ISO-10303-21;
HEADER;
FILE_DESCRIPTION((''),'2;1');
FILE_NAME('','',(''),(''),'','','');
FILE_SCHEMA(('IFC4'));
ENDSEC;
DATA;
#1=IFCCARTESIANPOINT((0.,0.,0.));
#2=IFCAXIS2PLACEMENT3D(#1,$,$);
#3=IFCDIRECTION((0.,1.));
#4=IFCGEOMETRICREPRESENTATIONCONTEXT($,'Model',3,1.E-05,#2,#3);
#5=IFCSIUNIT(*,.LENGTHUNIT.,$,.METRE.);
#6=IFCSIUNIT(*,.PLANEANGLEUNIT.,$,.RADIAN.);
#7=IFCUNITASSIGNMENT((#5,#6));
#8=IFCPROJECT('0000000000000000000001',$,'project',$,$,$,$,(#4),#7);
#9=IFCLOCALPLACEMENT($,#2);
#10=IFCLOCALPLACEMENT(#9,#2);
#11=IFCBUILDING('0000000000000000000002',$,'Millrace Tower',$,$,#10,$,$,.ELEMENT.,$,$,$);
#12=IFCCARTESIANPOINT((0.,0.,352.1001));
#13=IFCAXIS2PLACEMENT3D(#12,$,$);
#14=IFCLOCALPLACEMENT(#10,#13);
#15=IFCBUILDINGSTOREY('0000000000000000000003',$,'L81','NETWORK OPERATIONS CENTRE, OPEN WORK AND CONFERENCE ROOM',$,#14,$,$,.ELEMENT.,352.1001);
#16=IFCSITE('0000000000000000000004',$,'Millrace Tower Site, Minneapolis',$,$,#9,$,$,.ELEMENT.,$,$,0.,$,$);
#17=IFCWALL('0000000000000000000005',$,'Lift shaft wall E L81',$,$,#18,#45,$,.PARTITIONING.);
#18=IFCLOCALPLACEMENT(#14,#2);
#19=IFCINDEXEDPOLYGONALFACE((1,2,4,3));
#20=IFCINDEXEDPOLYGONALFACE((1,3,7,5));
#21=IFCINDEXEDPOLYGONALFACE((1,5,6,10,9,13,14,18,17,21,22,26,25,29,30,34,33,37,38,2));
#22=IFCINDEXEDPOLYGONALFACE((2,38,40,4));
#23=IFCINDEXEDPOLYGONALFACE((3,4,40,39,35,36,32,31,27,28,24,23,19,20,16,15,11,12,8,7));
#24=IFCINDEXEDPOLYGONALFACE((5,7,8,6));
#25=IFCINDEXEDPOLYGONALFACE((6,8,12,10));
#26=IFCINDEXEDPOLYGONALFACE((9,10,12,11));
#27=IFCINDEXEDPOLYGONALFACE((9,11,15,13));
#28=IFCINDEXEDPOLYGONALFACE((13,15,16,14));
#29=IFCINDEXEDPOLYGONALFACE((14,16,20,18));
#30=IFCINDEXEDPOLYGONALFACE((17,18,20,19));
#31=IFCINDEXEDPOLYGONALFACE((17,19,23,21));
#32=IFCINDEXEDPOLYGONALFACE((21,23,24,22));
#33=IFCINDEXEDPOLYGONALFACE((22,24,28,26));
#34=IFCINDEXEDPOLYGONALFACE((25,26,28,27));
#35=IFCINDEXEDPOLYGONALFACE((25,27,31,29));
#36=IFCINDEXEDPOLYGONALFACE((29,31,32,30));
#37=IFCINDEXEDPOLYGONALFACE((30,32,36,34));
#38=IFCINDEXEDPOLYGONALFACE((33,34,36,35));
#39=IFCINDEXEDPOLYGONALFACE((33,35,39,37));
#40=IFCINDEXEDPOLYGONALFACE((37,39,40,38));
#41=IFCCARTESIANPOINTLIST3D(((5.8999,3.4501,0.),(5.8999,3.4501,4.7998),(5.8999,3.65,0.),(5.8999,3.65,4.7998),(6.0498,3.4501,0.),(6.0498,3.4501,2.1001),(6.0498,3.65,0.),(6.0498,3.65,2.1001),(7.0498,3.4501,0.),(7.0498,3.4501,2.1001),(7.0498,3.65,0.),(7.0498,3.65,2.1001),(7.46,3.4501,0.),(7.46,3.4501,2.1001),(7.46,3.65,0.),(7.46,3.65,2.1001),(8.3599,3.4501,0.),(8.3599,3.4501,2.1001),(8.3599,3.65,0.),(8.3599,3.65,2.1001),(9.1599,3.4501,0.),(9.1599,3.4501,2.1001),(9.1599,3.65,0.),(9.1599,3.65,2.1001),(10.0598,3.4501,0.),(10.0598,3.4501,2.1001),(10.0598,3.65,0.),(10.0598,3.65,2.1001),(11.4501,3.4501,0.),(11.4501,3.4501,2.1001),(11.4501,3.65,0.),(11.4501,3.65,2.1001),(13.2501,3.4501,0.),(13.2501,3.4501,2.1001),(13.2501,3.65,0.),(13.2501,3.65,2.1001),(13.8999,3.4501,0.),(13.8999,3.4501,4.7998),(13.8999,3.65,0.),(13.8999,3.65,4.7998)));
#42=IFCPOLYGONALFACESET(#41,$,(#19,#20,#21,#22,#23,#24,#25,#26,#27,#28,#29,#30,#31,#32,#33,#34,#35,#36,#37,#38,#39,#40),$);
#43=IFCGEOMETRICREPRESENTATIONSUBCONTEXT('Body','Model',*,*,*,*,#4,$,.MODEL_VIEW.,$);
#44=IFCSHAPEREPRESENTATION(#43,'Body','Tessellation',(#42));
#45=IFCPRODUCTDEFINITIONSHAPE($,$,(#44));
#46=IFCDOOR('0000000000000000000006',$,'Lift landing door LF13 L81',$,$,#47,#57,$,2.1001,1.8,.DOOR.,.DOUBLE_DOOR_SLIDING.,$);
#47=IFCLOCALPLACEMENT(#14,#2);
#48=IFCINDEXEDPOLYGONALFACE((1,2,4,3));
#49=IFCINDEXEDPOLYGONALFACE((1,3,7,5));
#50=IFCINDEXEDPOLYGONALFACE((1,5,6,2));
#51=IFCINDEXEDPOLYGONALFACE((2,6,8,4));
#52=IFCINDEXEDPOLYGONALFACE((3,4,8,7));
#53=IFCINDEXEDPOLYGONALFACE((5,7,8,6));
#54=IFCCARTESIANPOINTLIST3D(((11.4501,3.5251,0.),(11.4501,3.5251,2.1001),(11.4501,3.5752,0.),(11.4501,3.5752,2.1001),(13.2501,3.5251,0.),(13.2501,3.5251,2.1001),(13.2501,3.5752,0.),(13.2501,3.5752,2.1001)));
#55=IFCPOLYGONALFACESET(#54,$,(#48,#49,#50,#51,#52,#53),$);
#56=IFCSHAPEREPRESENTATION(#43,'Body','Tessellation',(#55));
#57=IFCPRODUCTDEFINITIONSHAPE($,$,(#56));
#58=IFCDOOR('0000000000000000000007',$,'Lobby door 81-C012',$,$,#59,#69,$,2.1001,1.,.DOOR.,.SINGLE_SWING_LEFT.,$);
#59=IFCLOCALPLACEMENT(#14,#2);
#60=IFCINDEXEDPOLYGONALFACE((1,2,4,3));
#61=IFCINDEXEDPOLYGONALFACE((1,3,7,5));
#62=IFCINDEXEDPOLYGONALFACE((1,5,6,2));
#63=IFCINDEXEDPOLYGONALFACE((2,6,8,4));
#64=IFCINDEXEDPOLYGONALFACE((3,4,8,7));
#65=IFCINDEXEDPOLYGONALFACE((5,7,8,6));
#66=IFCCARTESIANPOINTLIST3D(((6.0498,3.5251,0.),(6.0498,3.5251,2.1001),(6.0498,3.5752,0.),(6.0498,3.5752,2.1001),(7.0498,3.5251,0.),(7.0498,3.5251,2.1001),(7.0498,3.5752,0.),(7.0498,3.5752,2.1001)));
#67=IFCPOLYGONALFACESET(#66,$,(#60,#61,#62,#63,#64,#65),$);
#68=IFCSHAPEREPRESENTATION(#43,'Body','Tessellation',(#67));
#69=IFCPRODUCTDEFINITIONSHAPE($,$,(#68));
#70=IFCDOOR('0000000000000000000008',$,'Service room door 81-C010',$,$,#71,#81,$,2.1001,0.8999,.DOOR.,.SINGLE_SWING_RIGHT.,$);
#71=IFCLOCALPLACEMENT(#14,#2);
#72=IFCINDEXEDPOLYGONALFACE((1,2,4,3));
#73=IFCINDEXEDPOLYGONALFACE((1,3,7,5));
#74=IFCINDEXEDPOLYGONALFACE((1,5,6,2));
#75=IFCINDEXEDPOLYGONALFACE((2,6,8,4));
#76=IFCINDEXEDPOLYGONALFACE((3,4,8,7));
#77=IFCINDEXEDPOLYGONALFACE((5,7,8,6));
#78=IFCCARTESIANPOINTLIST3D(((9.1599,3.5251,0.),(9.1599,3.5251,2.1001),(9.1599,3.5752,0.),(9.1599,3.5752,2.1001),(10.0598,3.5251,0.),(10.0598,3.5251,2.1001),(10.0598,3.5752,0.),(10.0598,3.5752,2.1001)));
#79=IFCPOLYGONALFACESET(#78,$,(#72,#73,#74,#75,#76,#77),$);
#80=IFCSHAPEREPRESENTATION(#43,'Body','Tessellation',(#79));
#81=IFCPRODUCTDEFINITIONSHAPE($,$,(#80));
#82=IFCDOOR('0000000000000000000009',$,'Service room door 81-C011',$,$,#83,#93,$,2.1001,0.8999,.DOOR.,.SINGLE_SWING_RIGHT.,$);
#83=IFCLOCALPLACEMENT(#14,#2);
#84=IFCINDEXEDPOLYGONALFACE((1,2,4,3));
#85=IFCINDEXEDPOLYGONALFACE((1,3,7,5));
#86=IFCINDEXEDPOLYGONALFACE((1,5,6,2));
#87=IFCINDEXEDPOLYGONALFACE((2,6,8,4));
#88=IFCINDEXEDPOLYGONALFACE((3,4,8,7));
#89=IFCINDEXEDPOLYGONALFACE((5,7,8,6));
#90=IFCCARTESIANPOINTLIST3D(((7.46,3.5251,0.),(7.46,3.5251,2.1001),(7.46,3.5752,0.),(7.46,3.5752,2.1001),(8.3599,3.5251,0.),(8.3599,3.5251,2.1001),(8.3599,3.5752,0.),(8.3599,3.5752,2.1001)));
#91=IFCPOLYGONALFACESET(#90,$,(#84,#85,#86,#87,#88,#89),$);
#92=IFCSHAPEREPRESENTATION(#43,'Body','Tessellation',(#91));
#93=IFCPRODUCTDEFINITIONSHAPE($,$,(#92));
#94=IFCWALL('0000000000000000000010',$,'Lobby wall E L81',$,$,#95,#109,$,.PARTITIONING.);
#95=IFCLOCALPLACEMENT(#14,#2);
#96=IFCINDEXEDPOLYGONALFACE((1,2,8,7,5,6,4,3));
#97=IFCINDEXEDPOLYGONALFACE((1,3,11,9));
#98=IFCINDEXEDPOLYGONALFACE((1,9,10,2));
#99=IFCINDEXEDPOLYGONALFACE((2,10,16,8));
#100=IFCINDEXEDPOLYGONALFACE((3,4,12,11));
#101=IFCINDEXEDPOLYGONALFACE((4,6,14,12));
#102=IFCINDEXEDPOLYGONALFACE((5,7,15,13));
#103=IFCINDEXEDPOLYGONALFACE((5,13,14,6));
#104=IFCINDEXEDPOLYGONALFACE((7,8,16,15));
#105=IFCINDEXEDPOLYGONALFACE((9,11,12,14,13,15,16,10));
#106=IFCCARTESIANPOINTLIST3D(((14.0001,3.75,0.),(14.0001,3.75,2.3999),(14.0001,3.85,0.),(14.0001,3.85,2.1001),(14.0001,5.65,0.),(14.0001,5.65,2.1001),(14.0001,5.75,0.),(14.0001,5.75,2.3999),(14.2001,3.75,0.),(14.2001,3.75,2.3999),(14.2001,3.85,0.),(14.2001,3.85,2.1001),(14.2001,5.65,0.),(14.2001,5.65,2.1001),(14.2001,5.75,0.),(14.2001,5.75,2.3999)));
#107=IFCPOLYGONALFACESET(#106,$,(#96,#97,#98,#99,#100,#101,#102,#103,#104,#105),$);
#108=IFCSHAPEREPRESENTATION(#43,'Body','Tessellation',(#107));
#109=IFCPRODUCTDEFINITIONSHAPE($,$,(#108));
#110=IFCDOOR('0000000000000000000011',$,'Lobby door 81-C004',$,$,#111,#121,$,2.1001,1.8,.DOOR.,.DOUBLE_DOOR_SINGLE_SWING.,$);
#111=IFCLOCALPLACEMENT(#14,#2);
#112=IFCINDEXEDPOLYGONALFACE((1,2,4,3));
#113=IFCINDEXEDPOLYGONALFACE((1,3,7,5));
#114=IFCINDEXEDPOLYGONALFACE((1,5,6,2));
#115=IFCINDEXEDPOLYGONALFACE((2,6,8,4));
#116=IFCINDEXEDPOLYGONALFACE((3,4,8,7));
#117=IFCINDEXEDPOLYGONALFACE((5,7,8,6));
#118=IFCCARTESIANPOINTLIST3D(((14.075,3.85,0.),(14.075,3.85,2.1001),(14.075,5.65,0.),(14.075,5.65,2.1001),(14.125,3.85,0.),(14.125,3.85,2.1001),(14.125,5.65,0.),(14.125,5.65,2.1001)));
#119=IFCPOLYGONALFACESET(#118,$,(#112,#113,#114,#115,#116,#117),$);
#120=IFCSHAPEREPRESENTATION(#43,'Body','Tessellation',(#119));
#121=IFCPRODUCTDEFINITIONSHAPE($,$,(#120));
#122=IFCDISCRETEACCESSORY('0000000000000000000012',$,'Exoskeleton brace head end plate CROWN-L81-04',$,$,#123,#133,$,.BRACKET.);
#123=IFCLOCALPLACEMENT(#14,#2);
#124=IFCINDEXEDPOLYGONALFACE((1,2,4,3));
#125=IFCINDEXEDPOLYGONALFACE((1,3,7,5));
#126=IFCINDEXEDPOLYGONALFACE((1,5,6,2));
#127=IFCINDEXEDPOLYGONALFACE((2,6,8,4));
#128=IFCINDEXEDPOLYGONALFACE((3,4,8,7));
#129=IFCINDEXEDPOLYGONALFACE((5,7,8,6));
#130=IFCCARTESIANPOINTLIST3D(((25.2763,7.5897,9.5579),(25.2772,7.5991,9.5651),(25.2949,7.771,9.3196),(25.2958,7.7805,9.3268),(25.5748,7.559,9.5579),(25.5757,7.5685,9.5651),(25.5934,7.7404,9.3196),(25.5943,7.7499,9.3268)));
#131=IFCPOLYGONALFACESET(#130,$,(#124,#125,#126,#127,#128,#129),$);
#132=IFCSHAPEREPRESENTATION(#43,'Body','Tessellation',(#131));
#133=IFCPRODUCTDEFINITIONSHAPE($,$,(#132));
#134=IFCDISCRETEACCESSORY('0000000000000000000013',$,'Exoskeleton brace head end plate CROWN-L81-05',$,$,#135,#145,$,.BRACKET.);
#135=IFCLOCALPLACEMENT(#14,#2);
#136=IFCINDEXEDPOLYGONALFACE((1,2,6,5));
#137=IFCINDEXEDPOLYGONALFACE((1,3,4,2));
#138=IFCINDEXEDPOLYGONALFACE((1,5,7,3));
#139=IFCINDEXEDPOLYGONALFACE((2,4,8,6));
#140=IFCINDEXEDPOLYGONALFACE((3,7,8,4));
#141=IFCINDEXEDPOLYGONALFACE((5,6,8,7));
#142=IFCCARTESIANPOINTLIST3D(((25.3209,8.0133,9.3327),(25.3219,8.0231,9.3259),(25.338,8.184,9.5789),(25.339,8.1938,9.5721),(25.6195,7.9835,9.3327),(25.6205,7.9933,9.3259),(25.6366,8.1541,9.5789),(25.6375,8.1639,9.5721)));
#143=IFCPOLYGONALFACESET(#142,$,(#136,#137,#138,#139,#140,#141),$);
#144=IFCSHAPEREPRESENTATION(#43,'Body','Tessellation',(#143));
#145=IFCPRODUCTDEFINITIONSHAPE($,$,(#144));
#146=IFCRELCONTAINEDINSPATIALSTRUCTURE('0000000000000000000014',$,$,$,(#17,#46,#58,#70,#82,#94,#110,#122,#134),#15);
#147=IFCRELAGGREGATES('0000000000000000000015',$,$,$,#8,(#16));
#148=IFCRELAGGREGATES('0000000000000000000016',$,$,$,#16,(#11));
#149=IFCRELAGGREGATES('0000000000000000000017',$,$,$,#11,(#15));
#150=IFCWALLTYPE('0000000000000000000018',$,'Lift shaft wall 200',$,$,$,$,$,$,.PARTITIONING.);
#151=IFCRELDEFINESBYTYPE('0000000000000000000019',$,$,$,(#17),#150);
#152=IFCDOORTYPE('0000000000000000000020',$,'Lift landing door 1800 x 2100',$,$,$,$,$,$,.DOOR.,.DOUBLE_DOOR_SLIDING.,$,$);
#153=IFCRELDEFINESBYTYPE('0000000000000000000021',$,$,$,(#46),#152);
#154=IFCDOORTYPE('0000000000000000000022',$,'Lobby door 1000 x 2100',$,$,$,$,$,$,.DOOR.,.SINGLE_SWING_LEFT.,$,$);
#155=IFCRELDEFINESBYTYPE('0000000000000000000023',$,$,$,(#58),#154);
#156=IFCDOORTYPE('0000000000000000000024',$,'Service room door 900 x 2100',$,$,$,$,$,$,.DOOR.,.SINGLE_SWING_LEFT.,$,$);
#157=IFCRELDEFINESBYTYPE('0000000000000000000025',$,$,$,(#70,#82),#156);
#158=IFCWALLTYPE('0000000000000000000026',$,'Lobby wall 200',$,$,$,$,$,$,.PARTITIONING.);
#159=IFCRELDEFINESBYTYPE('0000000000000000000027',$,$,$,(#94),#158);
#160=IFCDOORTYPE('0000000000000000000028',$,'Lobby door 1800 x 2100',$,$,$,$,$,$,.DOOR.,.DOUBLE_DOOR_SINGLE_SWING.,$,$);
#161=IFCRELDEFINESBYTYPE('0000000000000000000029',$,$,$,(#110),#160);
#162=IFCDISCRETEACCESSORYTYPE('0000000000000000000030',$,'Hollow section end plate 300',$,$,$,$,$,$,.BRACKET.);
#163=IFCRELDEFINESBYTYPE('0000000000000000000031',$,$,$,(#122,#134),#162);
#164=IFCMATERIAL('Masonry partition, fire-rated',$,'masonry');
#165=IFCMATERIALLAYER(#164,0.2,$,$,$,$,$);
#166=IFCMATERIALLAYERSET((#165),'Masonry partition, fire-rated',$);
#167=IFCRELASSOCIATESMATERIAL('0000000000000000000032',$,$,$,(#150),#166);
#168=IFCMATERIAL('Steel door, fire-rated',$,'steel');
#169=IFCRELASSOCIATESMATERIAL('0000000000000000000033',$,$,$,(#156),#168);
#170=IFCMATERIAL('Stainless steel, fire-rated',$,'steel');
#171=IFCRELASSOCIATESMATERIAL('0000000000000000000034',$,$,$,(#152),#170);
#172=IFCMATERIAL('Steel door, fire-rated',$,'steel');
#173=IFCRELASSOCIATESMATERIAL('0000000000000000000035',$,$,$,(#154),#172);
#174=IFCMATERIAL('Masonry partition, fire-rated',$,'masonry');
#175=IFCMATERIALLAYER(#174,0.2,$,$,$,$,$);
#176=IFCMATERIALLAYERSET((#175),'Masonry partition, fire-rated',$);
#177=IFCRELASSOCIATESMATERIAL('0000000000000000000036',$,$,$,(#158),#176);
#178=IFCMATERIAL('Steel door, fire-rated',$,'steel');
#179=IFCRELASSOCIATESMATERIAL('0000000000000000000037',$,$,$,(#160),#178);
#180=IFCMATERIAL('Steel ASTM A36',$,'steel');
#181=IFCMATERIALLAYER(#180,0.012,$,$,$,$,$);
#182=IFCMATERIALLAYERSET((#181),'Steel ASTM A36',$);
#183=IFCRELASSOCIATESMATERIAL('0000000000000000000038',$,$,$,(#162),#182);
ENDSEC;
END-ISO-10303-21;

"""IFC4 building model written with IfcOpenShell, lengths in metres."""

from ifc_helpers import new_model, si_unit, direction, frame, frame_2d, origin, origin_2d, place, context, subcontext, project, spatial, rectangle, extrude, material, layer, layer_set, type_object, element, fill, save


model = new_model("IFC4")

# Units and contexts
model_context = context("Model", 3, precision=1e-05, world=origin(), true_north=direction((0.0, 1.0)))
body_context = subcontext(model_context, "Body", "Model", "MODEL_VIEW")
ifc_project = project(units=[si_unit("LENGTHUNIT", "METRE"), si_unit("PLANEANGLEUNIT", "RADIAN")], contexts=[model_context])

# Site, building, storey
site_placement = place(None, origin())
site = spatial("IfcSite", under=ifc_project, at=site_placement, Name="Millrace Tower Site, Minneapolis", CompositionType="ELEMENT", RefElevation=0.0)
building_placement = place(site_placement, origin())
building = spatial("IfcBuilding", under=site, at=building_placement, Name="Millrace Tower", CompositionType="ELEMENT")
storey_placement = place(building_placement, frame((0.0, 0.0, 352.1001)))
storey = spatial("IfcBuildingStorey", under=building, at=storey_placement, Name="L81", Description="NETWORK OPERATIONS CENTRE, OPEN WORK AND CONFERENCE ROOM", CompositionType="ELEMENT", Elevation=352.1001)

# Wall, openings, doors
ifc_material_1 = material(Name="Masonry partition, fire-rated", Category="masonry")
ifc_layer_1 = layer(ifc_material_1, 0.2)
ifc_layer_set_1 = layer_set([ifc_layer_1], Name="Masonry partition, fire-rated")
wall_type_1 = type_object("IfcWallType", Name="Lift shaft wall 200", PredefinedType="PARTITIONING", material=ifc_layer_set_1)
ifc_material_2 = material(Name="Steel door, fire-rated", Category="steel")
door_type_1 = type_object("IfcDoorType", Name="Service room door 900 x 2100", OperationType="SINGLE_SWING_LEFT", PredefinedType="DOOR", material=ifc_material_2)
wall_1_placement = place(storey_placement, frame((13.8999, 3.55, 0.0), z_axis=(0.0, 0.0, 1.0), x_axis=(-1.0, 0.0, 0.0)))
wall_1 = element("IfcWall", 1, at=wall_1_placement, inside=storey, type_object=wall_type_1, Name="Lift shaft wall E L81", PredefinedType="PARTITIONING", context=body_context, shape_type="SweptSolid", body=[
    extrude(rectangle(XDim=8.0, YDim=0.2, at=frame_2d((4.0, 0.0))), origin(), (0.0, 0.0, 1.0), 4.7998),
])
opening_1_placement = place(wall_1_placement, frame((0.6499, 0.0, 0.0)))
opening_1 = element("IfcOpeningElement", 2, at=opening_1_placement, cuts=wall_1, PredefinedType="OPENING", context=body_context, shape_type="SweptSolid", body=[
    extrude(rectangle(XDim=1.8, YDim=2.1001, at=frame_2d((0.8999, 1.05))), frame((0.0, 0.1099, 0.0), z_axis=(0.0, -1.0, 0.0), x_axis=(1.0, 0.0, 0.0)), (0.0, 0.0, 1.0), 0.22),
])
opening_2_placement = place(wall_1_placement, frame((3.8401, 0.0, 0.0)))
opening_2 = element("IfcOpeningElement", 3, at=opening_2_placement, cuts=wall_1, PredefinedType="OPENING", context=body_context, shape_type="SweptSolid", body=[
    extrude(rectangle(XDim=0.8999, YDim=2.1001, at=frame_2d((0.45, 1.05))), frame((0.0, 0.1099, 0.0), z_axis=(0.0, -1.0, 0.0), x_axis=(1.0, 0.0, 0.0)), (0.0, 0.0, 1.0), 0.22),
])
opening_3_placement = place(wall_1_placement, frame((5.54, 0.0, 0.0)))
opening_3 = element("IfcOpeningElement", 4, at=opening_3_placement, cuts=wall_1, PredefinedType="OPENING", context=body_context, shape_type="SweptSolid", body=[
    extrude(rectangle(XDim=0.8999, YDim=2.1001, at=frame_2d((0.45, 1.05))), frame((0.0, 0.1099, 0.0), z_axis=(0.0, -1.0, 0.0), x_axis=(1.0, 0.0, 0.0)), (0.0, 0.0, 1.0), 0.22),
])
opening_4_placement = place(wall_1_placement, frame((6.8501, 0.0, 0.0)))
opening_4 = element("IfcOpeningElement", 5, at=opening_4_placement, cuts=wall_1, PredefinedType="OPENING", context=body_context, shape_type="SweptSolid", body=[
    extrude(rectangle(XDim=1.0, YDim=2.1001, at=frame_2d((0.5, 1.05))), frame((0.0, 0.1099, 0.0), z_axis=(0.0, -1.0, 0.0), x_axis=(1.0, 0.0, 0.0)), (0.0, 0.0, 1.0), 0.22),
])
ifc_material_3 = material(Name="Stainless steel, fire-rated", Category="steel")
door_type_2 = type_object("IfcDoorType", Name="Lift landing door 1800 x 2100", OperationType="DOUBLE_DOOR_SLIDING", PredefinedType="DOOR", material=ifc_material_3)
door_1_placement = place(opening_1_placement, origin())
door_1 = element("IfcDoor", 6, at=door_1_placement, inside=storey, type_object=door_type_2, Name="Lift landing door LF13 L81", OperationType="DOUBLE_DOOR_SLIDING", OverallHeight=2.1001, OverallWidth=1.8, PredefinedType="DOOR", context=body_context, shape_type="SweptSolid", body=[
    extrude(rectangle(XDim=1.8, YDim=2.1001, at=frame_2d((0.8999, 1.05))), frame((0.0, 0.0249, 0.0), z_axis=(0.0, -1.0, 0.0), x_axis=(1.0, 0.0, 0.0)), (0.0, 0.0, 1.0), 0.05),
])
fill(opening_1, door_1)
ifc_material_4 = material(Name="Steel door, fire-rated", Category="steel")
door_type_3 = type_object("IfcDoorType", Name="Lobby door 1000 x 2100", OperationType="SINGLE_SWING_LEFT", PredefinedType="DOOR", material=ifc_material_4)
door_2_placement = place(opening_4_placement, origin())
door_2 = element("IfcDoor", 7, at=door_2_placement, inside=storey, type_object=door_type_3, Name="Lobby door 81-C012", OperationType="SINGLE_SWING_LEFT", OverallHeight=2.1001, OverallWidth=1.0, PredefinedType="DOOR", context=body_context, shape_type="SweptSolid", body=[
    extrude(rectangle(XDim=1.0, YDim=2.1001, at=frame_2d((0.5, 1.05))), frame((0.0, 0.0249, 0.0), z_axis=(0.0, -1.0, 0.0), x_axis=(1.0, 0.0, 0.0)), (0.0, 0.0, 1.0), 0.05),
])
fill(opening_4, door_2)
door_3_placement = place(opening_2_placement, origin())
door_3 = element("IfcDoor", 8, at=door_3_placement, inside=storey, type_object=door_type_1, Name="Service room door 81-C010", OperationType="SINGLE_SWING_RIGHT", OverallHeight=2.1001, OverallWidth=0.8999, PredefinedType="DOOR", context=body_context, shape_type="SweptSolid", body=[
    extrude(rectangle(XDim=0.8999, YDim=2.1001, at=frame_2d((0.45, 1.05))), frame((0.0, 0.0249, 0.0), z_axis=(0.0, -1.0, 0.0), x_axis=(1.0, 0.0, 0.0)), (0.0, 0.0, 1.0), 0.05),
])
fill(opening_2, door_3)
door_4_placement = place(opening_3_placement, origin())
door_4 = element("IfcDoor", 9, at=door_4_placement, inside=storey, type_object=door_type_1, Name="Service room door 81-C011", OperationType="SINGLE_SWING_RIGHT", OverallHeight=2.1001, OverallWidth=0.8999, PredefinedType="DOOR", context=body_context, shape_type="SweptSolid", body=[
    extrude(rectangle(XDim=0.8999, YDim=2.1001, at=frame_2d((0.45, 1.05))), frame((0.0, 0.0249, 0.0), z_axis=(0.0, -1.0, 0.0), x_axis=(1.0, 0.0, 0.0)), (0.0, 0.0, 1.0), 0.05),
])
fill(opening_3, door_4)

# Wall, opening, door
ifc_material_5 = material(Name="Masonry partition, fire-rated", Category="masonry")
ifc_layer_2 = layer(ifc_material_5, 0.2)
ifc_layer_set_2 = layer_set([ifc_layer_2], Name="Masonry partition, fire-rated")
wall_type_2 = type_object("IfcWallType", Name="Lobby wall 200", PredefinedType="PARTITIONING", material=ifc_layer_set_2)
wall_2_placement = place(storey_placement, frame((14.1001, 5.75, 0.0), z_axis=(0.0, 0.0, 1.0), x_axis=(0.0, -1.0, 0.0)))
wall_2 = element("IfcWall", 10, at=wall_2_placement, inside=storey, type_object=wall_type_2, Name="Lobby wall E L81", PredefinedType="PARTITIONING", context=body_context, shape_type="SweptSolid", body=[
    extrude(rectangle(XDim=2.0, YDim=0.2, at=frame_2d((1.0, 0.0))), origin(), (0.0, 0.0, 1.0), 2.3999),
])
opening_5_placement = place(wall_2_placement, frame((0.1001, 0.0, 0.0)))
opening_5 = element("IfcOpeningElement", 11, at=opening_5_placement, cuts=wall_2, PredefinedType="OPENING", context=body_context, shape_type="SweptSolid", body=[
    extrude(rectangle(XDim=1.8, YDim=2.1001, at=frame_2d((0.8999, 1.05))), frame((0.0, 0.1099, 0.0), z_axis=(0.0, -1.0, 0.0), x_axis=(1.0, 0.0, 0.0)), (0.0, 0.0, 1.0), 0.22),
])
ifc_material_6 = material(Name="Steel door, fire-rated", Category="steel")
door_type_4 = type_object("IfcDoorType", Name="Lobby door 1800 x 2100", OperationType="DOUBLE_DOOR_SINGLE_SWING", PredefinedType="DOOR", material=ifc_material_6)
door_5_placement = place(opening_5_placement, origin())
door_5 = element("IfcDoor", 12, at=door_5_placement, inside=storey, type_object=door_type_4, Name="Lobby door 81-C004", OperationType="DOUBLE_DOOR_SINGLE_SWING", OverallHeight=2.1001, OverallWidth=1.8, PredefinedType="DOOR", context=body_context, shape_type="SweptSolid", body=[
    extrude(rectangle(XDim=1.8, YDim=2.1001, at=frame_2d((0.8999, 1.05))), frame((0.0, 0.0249, 0.0), z_axis=(0.0, -1.0, 0.0), x_axis=(1.0, 0.0, 0.0)), (0.0, 0.0, 1.0), 0.05),
])
fill(opening_5, door_5)

# Discrete accessories
ifc_material_7 = material(Name="Steel ASTM A36", Category="steel")
ifc_layer_3 = layer(ifc_material_7, 0.012)
ifc_layer_set_3 = layer_set([ifc_layer_3], Name="Steel ASTM A36")
discrete_accessory_type = type_object("IfcDiscreteAccessoryType", Name="Hollow section end plate 300", PredefinedType="BRACKET", material=ifc_layer_set_3)
for number, where, z_axis, x_axis, name in (
    (13, (25.4348, 7.665, 9.4387), (0.081027, 0.790018, 0.607706), (-0.994781, 0.102029, 0.0), "Exoskeleton brace head end plate CROWN-L81-04"),
    (14, (25.4797, 8.0935, 9.449), (-0.08165, -0.816497, 0.571548), (0.995037, -0.099504, 0.0), "Exoskeleton brace head end plate CROWN-L81-05"),
):
    element("IfcDiscreteAccessory", number, at=place(storey_placement, frame(where, z_axis=z_axis, x_axis=x_axis)), inside=storey, type_object=discrete_accessory_type, Name=name, PredefinedType="BRACKET", context=body_context, shape_type="SweptSolid", body=[
        extrude(rectangle(XDim=0.3, YDim=0.3, at=origin_2d()), origin(), (0.0, 0.0, 1.0), 0.012),
    ])

save(model, "model.ifc")
